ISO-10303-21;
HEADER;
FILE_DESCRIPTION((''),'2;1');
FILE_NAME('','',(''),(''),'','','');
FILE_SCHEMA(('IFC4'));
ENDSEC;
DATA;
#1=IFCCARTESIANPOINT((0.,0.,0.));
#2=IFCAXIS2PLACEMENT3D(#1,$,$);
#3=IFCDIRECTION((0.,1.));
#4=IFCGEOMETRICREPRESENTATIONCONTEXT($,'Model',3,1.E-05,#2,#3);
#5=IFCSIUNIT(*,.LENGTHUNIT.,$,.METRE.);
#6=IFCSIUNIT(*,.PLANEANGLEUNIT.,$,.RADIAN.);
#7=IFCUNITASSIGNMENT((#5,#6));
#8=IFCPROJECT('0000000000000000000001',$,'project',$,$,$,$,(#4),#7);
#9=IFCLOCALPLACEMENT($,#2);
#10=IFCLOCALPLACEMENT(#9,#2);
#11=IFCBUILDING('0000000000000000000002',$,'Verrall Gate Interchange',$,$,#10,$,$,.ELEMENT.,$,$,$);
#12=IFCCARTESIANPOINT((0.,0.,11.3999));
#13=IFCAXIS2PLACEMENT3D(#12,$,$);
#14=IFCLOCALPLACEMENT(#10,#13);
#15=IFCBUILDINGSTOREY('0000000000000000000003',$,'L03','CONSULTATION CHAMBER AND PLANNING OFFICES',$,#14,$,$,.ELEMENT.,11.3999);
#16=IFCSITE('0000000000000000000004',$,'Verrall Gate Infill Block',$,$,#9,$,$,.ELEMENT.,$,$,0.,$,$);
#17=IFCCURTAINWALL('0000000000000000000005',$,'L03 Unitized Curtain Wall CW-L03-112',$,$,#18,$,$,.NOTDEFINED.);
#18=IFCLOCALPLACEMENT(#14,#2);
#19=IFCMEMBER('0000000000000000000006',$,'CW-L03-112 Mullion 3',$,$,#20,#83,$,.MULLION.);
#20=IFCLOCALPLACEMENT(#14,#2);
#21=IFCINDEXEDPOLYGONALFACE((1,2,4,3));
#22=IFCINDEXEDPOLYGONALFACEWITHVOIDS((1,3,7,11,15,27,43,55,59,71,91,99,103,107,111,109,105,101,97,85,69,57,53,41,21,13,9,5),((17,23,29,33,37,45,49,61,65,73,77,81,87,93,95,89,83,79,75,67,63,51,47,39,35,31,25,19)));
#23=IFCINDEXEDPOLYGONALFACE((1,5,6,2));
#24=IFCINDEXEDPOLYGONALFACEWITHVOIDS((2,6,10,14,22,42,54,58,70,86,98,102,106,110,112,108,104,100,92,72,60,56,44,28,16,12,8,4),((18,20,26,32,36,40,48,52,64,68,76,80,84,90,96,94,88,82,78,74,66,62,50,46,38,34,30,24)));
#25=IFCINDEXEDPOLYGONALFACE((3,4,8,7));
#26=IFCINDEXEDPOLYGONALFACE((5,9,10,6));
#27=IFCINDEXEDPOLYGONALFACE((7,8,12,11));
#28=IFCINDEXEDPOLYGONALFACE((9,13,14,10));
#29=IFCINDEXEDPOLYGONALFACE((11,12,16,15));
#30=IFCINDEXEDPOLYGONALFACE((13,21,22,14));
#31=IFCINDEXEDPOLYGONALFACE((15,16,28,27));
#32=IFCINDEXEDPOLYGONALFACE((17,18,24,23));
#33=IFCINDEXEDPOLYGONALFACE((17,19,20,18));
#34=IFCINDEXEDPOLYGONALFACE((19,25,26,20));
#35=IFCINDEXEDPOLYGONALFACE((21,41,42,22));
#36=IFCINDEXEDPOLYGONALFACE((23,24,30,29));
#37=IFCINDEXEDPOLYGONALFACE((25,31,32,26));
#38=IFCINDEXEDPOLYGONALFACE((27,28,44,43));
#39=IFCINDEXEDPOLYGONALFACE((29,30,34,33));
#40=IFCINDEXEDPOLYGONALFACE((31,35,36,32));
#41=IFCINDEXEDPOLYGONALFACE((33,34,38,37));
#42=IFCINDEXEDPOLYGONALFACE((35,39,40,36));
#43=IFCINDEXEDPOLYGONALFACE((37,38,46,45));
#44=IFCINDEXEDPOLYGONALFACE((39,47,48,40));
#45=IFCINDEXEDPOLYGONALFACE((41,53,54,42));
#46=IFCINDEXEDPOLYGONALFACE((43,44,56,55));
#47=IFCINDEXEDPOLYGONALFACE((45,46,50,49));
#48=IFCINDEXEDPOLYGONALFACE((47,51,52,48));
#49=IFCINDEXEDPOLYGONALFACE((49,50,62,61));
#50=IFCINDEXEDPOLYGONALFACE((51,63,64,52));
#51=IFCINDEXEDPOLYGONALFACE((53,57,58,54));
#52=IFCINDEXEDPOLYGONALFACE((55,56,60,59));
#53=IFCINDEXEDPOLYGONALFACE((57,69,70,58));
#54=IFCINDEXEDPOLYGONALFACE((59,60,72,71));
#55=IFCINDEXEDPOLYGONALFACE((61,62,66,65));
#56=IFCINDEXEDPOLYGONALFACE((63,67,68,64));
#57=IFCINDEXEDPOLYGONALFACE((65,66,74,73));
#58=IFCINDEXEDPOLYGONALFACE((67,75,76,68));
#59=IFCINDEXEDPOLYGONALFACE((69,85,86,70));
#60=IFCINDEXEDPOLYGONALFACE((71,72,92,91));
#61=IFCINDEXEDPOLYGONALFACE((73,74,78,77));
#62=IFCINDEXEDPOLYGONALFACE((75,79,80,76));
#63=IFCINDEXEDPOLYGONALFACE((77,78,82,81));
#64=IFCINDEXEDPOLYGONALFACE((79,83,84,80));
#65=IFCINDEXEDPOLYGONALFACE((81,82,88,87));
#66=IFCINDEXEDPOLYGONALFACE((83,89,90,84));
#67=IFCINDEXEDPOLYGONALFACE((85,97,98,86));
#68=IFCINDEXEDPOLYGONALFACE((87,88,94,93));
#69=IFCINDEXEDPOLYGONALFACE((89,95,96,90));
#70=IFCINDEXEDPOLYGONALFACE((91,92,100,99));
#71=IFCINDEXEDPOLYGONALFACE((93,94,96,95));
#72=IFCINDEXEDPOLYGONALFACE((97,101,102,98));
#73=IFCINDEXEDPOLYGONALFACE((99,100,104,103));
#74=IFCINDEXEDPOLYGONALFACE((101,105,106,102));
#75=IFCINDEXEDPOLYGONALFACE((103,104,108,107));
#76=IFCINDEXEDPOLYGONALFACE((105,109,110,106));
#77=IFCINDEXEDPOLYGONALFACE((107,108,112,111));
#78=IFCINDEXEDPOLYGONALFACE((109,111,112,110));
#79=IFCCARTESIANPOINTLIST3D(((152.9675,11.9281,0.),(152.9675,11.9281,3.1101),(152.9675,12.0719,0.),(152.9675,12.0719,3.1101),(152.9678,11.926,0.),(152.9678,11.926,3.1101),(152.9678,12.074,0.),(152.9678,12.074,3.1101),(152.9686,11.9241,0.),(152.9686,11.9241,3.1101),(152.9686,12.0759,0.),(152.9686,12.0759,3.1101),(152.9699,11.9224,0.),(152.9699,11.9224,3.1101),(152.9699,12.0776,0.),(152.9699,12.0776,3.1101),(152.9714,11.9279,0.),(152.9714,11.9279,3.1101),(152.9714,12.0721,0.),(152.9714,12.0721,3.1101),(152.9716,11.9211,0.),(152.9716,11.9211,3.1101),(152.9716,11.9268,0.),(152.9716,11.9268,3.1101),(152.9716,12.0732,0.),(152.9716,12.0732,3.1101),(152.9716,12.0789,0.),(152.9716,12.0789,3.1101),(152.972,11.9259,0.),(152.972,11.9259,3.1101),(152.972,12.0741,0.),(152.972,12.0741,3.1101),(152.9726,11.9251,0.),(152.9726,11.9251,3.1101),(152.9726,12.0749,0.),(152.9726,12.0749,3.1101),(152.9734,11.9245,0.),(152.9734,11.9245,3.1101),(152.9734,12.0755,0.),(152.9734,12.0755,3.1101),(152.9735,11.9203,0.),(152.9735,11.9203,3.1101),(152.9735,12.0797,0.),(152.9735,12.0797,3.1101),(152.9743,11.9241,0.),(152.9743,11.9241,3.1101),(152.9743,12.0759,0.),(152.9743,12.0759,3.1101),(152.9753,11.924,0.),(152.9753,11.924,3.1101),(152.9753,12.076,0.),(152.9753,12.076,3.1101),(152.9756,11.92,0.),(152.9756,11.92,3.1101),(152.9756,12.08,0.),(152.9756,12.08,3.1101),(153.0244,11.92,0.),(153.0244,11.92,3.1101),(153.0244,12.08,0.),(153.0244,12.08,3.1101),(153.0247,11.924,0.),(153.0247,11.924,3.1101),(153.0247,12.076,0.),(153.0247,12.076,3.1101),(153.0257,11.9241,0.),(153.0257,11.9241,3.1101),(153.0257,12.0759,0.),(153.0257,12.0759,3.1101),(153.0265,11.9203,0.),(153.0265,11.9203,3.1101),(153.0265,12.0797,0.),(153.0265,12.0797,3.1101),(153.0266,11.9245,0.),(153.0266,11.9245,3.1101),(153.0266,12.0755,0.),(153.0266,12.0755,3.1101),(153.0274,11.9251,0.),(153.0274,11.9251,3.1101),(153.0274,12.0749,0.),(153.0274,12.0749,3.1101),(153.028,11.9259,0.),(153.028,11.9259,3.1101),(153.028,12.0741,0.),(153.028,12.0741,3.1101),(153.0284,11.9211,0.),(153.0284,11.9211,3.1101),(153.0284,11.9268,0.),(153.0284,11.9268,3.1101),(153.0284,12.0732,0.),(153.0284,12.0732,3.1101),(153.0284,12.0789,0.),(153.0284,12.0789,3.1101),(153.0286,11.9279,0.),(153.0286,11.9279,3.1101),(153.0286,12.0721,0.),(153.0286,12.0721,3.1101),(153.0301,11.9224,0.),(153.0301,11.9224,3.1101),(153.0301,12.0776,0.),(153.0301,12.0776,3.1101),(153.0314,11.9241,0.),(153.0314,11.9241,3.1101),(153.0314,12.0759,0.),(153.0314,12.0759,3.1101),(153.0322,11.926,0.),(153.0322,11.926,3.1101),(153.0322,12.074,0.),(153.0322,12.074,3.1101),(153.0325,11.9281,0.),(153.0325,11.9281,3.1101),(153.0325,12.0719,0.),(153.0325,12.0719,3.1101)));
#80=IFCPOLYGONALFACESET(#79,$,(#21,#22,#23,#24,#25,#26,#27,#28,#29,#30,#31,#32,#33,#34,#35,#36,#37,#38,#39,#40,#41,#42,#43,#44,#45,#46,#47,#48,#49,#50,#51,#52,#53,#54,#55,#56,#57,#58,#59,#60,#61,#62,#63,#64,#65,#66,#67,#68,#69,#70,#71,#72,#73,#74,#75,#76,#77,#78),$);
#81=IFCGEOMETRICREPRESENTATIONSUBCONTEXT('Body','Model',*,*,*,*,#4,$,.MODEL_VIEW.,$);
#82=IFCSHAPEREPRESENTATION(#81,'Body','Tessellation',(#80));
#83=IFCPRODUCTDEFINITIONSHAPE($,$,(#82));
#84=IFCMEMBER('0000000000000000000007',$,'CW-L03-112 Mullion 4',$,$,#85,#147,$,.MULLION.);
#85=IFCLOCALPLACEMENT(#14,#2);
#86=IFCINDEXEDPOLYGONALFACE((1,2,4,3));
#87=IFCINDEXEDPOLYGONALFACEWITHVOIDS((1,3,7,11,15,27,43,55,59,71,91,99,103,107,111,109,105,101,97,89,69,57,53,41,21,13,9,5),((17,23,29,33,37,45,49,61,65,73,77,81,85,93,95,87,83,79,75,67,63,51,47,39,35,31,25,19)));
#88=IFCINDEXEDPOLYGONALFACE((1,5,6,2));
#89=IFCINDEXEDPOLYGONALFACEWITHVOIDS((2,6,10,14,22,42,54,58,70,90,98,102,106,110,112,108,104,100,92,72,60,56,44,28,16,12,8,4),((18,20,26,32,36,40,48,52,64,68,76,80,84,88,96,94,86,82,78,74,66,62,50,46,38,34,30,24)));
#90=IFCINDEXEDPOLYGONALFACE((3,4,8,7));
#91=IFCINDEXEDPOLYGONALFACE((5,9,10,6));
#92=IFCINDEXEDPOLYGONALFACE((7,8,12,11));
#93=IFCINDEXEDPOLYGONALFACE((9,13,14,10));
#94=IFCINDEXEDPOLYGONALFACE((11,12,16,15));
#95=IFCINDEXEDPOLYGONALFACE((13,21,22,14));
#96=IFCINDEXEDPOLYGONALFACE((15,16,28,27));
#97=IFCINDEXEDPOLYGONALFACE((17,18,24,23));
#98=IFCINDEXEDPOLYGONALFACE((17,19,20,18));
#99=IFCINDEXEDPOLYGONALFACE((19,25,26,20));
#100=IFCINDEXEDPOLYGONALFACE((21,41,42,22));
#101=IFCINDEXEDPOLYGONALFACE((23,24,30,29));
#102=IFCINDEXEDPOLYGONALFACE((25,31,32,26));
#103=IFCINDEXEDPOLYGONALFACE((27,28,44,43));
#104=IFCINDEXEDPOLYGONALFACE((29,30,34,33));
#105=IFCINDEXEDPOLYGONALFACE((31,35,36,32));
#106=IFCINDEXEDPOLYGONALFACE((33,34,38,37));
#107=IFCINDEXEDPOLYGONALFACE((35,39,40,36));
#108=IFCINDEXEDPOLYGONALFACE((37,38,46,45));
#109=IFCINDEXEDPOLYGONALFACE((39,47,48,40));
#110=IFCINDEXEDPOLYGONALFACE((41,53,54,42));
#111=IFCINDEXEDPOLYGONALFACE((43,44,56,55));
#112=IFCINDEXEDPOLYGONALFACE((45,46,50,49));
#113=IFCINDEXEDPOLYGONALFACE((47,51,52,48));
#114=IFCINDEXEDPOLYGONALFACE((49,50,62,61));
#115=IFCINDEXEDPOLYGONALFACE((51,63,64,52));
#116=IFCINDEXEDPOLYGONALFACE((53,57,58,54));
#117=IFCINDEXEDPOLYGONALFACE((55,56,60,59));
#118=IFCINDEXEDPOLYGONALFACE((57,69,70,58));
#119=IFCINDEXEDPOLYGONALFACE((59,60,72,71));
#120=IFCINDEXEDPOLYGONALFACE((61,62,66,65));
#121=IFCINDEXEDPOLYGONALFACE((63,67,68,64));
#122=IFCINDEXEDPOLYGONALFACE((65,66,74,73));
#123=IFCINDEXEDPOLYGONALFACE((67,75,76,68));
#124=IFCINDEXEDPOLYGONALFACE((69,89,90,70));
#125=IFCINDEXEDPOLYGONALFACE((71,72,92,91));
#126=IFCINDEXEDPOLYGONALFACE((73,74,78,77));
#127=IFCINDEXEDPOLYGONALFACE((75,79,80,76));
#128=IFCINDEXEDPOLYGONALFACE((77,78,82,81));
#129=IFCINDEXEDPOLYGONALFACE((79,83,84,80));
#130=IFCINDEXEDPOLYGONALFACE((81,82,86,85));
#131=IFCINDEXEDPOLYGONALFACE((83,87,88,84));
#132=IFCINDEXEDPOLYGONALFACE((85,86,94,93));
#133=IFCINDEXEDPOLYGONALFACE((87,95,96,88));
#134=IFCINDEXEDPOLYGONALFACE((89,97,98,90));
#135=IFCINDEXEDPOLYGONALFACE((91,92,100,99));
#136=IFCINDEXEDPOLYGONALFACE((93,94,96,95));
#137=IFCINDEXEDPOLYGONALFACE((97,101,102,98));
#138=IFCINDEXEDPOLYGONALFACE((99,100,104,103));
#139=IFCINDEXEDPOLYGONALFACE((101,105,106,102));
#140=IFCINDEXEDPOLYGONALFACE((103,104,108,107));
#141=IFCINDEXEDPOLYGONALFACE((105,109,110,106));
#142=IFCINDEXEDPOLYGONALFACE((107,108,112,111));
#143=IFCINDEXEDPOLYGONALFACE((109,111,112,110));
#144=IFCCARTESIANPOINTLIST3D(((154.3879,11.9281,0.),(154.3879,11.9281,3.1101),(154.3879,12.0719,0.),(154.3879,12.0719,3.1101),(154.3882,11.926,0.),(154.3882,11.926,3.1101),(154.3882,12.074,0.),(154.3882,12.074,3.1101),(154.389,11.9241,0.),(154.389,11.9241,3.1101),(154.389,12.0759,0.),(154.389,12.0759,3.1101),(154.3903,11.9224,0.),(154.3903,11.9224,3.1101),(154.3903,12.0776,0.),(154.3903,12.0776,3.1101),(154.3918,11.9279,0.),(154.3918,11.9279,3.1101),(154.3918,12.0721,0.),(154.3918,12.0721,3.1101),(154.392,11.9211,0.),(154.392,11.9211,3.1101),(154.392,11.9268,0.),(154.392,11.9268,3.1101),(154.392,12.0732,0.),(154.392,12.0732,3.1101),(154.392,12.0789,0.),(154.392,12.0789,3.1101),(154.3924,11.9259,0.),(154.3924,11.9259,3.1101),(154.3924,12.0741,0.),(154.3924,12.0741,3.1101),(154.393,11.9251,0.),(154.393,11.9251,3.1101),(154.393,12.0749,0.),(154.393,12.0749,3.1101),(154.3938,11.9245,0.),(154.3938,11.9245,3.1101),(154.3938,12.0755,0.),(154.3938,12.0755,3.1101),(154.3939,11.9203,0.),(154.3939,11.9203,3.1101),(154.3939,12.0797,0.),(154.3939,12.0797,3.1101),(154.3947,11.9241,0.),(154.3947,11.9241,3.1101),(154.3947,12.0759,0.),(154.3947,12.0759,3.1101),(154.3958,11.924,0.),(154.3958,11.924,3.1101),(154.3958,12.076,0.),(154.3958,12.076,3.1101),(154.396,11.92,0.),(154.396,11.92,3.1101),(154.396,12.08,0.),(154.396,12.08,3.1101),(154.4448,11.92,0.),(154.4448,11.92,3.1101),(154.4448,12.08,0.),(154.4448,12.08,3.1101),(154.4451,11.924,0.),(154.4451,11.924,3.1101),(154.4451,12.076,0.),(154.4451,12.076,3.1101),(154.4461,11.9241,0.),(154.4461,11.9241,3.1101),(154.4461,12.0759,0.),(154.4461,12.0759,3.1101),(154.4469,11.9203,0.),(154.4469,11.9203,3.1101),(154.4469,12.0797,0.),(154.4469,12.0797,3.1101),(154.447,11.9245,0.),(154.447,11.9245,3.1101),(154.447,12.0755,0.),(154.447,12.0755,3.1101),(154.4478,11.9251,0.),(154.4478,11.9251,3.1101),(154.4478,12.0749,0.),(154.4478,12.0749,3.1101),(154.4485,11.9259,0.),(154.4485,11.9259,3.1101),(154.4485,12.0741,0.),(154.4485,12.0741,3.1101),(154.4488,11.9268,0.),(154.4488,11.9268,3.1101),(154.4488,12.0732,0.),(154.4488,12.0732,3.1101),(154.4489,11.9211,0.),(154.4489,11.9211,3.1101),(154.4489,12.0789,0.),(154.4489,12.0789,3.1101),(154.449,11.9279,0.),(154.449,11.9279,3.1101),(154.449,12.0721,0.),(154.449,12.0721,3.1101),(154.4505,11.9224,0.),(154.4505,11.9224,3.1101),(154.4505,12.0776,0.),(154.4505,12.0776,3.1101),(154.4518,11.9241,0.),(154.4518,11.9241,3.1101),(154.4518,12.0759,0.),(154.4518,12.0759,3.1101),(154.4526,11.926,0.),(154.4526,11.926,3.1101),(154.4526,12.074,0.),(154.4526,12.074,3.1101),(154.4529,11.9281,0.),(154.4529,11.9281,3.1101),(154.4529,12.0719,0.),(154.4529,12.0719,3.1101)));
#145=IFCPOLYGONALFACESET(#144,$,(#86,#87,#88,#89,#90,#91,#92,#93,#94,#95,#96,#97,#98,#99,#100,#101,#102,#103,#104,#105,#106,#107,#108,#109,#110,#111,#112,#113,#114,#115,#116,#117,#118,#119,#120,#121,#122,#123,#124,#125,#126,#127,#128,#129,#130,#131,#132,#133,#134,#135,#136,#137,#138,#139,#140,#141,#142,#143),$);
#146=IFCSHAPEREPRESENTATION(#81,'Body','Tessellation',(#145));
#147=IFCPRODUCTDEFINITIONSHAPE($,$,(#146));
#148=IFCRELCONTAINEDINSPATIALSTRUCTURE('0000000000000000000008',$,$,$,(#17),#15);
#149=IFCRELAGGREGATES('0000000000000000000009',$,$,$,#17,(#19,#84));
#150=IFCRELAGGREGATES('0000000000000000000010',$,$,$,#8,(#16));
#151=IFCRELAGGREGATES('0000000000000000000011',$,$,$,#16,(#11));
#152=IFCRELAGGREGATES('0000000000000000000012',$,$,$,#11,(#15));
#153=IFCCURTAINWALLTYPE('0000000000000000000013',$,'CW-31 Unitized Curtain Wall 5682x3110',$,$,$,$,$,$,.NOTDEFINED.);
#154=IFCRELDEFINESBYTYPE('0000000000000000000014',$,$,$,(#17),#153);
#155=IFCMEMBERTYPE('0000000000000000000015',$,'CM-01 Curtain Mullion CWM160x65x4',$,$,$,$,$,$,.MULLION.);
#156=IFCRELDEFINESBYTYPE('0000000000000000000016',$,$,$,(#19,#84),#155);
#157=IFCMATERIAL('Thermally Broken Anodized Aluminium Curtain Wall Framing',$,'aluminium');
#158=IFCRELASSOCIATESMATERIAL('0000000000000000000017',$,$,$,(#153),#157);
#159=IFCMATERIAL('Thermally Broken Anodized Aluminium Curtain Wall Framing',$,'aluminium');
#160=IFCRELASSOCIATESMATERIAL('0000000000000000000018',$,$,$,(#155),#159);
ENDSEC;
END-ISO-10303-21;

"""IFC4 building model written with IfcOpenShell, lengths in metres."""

from ifc_helpers import new_model, si_unit, direction, frame, origin, origin_2d, place, context, subcontext, project, spatial, hollow_rectangle, extrude, material, material_profile, profile_set, type_object, element, aggregate, save


model = new_model("IFC4")

# Units and contexts
model_context = context("Model", 3, precision=1e-05, world=origin(), true_north=direction((0.0, 1.0)))
body_context = subcontext(model_context, "Body", "Model", "MODEL_VIEW")
ifc_project = project(units=[si_unit("LENGTHUNIT", "METRE"), si_unit("PLANEANGLEUNIT", "RADIAN")], contexts=[model_context])

# Site, building, storey
site_placement = place(None, origin())
site = spatial("IfcSite", under=ifc_project, at=site_placement, Name="Verrall Gate Infill Block", CompositionType="ELEMENT", RefElevation=0.0)
building_placement = place(site_placement, origin())
building = spatial("IfcBuilding", under=site, at=building_placement, Name="Verrall Gate Interchange", CompositionType="ELEMENT")
storey_placement = place(building_placement, frame((0.0, 0.0, 11.3999)))
storey = spatial("IfcBuildingStorey", under=building, at=storey_placement, Name="L03", Description="CONSULTATION CHAMBER AND PLANNING OFFICES", CompositionType="ELEMENT", Elevation=11.3999)

# Curtain wall, members
ifc_material_1 = material(Name="Thermally Broken Anodized Aluminium Curtain Wall Framing", Category="aluminium")
curtain_wall_type = type_object("IfcCurtainWallType", Name="CW-31 Unitized Curtain Wall 5682x3110", PredefinedType="NOTDEFINED", material=ifc_material_1)
curtain_wall_placement = place(storey_placement, origin())
curtain_wall = element("IfcCurtainWall", 1, at=curtain_wall_placement, inside=storey, type_object=curtain_wall_type, Name="L03 Unitized Curtain Wall CW-L03-112", PredefinedType="NOTDEFINED")
ifc_material_2 = material(Name="Thermally Broken Anodized Aluminium Curtain Wall Framing", Category="aluminium")
ifc_material_profile_1 = material_profile(ifc_material_2, hollow_rectangle(XDim=0.0649, YDim=0.1599, WallThickness=0.0039, InnerFilletRadius=0.0039, OuterFilletRadius=0.0081, at=origin_2d()), Name="CWM160x65x4")
ifc_profile_set_1 = profile_set([ifc_material_profile_1], Name="Thermally Broken Anodized Aluminium Curtain Wall Framing")
member_type_1 = type_object("IfcMemberType", Name="CM-01 Curtain Mullion CWM160x65x4", PredefinedType="MULLION", material=ifc_profile_set_1)
member_1_placement = place(storey_placement, frame((153.0, 12.0, 0.0), z_axis=(0.0, 0.0, 1.0), x_axis=(1.0, 0.0, 0.0)))
member_1 = element("IfcMember", 2, at=member_1_placement, type_object=member_type_1, Name="CW-L03-112 Mullion 3", PredefinedType="MULLION", context=body_context, shape_type="SweptSolid", body=[
    extrude(hollow_rectangle(XDim=0.0649, YDim=0.1599, WallThickness=0.0039, InnerFilletRadius=0.0039, OuterFilletRadius=0.0081, at=origin_2d()), origin(), (0.0, 0.0, 1.0), 3.1101),
])
member_2_placement = place(storey_placement, frame((154.4204, 12.0, 0.0), z_axis=(0.0, 0.0, 1.0), x_axis=(1.0, 0.0, 0.0)))
member_2 = element("IfcMember", 3, at=member_2_placement, type_object=member_type_1, Name="CW-L03-112 Mullion 4", PredefinedType="MULLION", context=body_context, shape_type="SweptSolid", body=[
    extrude(hollow_rectangle(XDim=0.0649, YDim=0.1599, WallThickness=0.0039, InnerFilletRadius=0.0039, OuterFilletRadius=0.0081, at=origin_2d()), origin(), (0.0, 0.0, 1.0), 3.1101),
])

aggregate(curtain_wall, [member_1, member_2])

save(model, "model.ifc")
